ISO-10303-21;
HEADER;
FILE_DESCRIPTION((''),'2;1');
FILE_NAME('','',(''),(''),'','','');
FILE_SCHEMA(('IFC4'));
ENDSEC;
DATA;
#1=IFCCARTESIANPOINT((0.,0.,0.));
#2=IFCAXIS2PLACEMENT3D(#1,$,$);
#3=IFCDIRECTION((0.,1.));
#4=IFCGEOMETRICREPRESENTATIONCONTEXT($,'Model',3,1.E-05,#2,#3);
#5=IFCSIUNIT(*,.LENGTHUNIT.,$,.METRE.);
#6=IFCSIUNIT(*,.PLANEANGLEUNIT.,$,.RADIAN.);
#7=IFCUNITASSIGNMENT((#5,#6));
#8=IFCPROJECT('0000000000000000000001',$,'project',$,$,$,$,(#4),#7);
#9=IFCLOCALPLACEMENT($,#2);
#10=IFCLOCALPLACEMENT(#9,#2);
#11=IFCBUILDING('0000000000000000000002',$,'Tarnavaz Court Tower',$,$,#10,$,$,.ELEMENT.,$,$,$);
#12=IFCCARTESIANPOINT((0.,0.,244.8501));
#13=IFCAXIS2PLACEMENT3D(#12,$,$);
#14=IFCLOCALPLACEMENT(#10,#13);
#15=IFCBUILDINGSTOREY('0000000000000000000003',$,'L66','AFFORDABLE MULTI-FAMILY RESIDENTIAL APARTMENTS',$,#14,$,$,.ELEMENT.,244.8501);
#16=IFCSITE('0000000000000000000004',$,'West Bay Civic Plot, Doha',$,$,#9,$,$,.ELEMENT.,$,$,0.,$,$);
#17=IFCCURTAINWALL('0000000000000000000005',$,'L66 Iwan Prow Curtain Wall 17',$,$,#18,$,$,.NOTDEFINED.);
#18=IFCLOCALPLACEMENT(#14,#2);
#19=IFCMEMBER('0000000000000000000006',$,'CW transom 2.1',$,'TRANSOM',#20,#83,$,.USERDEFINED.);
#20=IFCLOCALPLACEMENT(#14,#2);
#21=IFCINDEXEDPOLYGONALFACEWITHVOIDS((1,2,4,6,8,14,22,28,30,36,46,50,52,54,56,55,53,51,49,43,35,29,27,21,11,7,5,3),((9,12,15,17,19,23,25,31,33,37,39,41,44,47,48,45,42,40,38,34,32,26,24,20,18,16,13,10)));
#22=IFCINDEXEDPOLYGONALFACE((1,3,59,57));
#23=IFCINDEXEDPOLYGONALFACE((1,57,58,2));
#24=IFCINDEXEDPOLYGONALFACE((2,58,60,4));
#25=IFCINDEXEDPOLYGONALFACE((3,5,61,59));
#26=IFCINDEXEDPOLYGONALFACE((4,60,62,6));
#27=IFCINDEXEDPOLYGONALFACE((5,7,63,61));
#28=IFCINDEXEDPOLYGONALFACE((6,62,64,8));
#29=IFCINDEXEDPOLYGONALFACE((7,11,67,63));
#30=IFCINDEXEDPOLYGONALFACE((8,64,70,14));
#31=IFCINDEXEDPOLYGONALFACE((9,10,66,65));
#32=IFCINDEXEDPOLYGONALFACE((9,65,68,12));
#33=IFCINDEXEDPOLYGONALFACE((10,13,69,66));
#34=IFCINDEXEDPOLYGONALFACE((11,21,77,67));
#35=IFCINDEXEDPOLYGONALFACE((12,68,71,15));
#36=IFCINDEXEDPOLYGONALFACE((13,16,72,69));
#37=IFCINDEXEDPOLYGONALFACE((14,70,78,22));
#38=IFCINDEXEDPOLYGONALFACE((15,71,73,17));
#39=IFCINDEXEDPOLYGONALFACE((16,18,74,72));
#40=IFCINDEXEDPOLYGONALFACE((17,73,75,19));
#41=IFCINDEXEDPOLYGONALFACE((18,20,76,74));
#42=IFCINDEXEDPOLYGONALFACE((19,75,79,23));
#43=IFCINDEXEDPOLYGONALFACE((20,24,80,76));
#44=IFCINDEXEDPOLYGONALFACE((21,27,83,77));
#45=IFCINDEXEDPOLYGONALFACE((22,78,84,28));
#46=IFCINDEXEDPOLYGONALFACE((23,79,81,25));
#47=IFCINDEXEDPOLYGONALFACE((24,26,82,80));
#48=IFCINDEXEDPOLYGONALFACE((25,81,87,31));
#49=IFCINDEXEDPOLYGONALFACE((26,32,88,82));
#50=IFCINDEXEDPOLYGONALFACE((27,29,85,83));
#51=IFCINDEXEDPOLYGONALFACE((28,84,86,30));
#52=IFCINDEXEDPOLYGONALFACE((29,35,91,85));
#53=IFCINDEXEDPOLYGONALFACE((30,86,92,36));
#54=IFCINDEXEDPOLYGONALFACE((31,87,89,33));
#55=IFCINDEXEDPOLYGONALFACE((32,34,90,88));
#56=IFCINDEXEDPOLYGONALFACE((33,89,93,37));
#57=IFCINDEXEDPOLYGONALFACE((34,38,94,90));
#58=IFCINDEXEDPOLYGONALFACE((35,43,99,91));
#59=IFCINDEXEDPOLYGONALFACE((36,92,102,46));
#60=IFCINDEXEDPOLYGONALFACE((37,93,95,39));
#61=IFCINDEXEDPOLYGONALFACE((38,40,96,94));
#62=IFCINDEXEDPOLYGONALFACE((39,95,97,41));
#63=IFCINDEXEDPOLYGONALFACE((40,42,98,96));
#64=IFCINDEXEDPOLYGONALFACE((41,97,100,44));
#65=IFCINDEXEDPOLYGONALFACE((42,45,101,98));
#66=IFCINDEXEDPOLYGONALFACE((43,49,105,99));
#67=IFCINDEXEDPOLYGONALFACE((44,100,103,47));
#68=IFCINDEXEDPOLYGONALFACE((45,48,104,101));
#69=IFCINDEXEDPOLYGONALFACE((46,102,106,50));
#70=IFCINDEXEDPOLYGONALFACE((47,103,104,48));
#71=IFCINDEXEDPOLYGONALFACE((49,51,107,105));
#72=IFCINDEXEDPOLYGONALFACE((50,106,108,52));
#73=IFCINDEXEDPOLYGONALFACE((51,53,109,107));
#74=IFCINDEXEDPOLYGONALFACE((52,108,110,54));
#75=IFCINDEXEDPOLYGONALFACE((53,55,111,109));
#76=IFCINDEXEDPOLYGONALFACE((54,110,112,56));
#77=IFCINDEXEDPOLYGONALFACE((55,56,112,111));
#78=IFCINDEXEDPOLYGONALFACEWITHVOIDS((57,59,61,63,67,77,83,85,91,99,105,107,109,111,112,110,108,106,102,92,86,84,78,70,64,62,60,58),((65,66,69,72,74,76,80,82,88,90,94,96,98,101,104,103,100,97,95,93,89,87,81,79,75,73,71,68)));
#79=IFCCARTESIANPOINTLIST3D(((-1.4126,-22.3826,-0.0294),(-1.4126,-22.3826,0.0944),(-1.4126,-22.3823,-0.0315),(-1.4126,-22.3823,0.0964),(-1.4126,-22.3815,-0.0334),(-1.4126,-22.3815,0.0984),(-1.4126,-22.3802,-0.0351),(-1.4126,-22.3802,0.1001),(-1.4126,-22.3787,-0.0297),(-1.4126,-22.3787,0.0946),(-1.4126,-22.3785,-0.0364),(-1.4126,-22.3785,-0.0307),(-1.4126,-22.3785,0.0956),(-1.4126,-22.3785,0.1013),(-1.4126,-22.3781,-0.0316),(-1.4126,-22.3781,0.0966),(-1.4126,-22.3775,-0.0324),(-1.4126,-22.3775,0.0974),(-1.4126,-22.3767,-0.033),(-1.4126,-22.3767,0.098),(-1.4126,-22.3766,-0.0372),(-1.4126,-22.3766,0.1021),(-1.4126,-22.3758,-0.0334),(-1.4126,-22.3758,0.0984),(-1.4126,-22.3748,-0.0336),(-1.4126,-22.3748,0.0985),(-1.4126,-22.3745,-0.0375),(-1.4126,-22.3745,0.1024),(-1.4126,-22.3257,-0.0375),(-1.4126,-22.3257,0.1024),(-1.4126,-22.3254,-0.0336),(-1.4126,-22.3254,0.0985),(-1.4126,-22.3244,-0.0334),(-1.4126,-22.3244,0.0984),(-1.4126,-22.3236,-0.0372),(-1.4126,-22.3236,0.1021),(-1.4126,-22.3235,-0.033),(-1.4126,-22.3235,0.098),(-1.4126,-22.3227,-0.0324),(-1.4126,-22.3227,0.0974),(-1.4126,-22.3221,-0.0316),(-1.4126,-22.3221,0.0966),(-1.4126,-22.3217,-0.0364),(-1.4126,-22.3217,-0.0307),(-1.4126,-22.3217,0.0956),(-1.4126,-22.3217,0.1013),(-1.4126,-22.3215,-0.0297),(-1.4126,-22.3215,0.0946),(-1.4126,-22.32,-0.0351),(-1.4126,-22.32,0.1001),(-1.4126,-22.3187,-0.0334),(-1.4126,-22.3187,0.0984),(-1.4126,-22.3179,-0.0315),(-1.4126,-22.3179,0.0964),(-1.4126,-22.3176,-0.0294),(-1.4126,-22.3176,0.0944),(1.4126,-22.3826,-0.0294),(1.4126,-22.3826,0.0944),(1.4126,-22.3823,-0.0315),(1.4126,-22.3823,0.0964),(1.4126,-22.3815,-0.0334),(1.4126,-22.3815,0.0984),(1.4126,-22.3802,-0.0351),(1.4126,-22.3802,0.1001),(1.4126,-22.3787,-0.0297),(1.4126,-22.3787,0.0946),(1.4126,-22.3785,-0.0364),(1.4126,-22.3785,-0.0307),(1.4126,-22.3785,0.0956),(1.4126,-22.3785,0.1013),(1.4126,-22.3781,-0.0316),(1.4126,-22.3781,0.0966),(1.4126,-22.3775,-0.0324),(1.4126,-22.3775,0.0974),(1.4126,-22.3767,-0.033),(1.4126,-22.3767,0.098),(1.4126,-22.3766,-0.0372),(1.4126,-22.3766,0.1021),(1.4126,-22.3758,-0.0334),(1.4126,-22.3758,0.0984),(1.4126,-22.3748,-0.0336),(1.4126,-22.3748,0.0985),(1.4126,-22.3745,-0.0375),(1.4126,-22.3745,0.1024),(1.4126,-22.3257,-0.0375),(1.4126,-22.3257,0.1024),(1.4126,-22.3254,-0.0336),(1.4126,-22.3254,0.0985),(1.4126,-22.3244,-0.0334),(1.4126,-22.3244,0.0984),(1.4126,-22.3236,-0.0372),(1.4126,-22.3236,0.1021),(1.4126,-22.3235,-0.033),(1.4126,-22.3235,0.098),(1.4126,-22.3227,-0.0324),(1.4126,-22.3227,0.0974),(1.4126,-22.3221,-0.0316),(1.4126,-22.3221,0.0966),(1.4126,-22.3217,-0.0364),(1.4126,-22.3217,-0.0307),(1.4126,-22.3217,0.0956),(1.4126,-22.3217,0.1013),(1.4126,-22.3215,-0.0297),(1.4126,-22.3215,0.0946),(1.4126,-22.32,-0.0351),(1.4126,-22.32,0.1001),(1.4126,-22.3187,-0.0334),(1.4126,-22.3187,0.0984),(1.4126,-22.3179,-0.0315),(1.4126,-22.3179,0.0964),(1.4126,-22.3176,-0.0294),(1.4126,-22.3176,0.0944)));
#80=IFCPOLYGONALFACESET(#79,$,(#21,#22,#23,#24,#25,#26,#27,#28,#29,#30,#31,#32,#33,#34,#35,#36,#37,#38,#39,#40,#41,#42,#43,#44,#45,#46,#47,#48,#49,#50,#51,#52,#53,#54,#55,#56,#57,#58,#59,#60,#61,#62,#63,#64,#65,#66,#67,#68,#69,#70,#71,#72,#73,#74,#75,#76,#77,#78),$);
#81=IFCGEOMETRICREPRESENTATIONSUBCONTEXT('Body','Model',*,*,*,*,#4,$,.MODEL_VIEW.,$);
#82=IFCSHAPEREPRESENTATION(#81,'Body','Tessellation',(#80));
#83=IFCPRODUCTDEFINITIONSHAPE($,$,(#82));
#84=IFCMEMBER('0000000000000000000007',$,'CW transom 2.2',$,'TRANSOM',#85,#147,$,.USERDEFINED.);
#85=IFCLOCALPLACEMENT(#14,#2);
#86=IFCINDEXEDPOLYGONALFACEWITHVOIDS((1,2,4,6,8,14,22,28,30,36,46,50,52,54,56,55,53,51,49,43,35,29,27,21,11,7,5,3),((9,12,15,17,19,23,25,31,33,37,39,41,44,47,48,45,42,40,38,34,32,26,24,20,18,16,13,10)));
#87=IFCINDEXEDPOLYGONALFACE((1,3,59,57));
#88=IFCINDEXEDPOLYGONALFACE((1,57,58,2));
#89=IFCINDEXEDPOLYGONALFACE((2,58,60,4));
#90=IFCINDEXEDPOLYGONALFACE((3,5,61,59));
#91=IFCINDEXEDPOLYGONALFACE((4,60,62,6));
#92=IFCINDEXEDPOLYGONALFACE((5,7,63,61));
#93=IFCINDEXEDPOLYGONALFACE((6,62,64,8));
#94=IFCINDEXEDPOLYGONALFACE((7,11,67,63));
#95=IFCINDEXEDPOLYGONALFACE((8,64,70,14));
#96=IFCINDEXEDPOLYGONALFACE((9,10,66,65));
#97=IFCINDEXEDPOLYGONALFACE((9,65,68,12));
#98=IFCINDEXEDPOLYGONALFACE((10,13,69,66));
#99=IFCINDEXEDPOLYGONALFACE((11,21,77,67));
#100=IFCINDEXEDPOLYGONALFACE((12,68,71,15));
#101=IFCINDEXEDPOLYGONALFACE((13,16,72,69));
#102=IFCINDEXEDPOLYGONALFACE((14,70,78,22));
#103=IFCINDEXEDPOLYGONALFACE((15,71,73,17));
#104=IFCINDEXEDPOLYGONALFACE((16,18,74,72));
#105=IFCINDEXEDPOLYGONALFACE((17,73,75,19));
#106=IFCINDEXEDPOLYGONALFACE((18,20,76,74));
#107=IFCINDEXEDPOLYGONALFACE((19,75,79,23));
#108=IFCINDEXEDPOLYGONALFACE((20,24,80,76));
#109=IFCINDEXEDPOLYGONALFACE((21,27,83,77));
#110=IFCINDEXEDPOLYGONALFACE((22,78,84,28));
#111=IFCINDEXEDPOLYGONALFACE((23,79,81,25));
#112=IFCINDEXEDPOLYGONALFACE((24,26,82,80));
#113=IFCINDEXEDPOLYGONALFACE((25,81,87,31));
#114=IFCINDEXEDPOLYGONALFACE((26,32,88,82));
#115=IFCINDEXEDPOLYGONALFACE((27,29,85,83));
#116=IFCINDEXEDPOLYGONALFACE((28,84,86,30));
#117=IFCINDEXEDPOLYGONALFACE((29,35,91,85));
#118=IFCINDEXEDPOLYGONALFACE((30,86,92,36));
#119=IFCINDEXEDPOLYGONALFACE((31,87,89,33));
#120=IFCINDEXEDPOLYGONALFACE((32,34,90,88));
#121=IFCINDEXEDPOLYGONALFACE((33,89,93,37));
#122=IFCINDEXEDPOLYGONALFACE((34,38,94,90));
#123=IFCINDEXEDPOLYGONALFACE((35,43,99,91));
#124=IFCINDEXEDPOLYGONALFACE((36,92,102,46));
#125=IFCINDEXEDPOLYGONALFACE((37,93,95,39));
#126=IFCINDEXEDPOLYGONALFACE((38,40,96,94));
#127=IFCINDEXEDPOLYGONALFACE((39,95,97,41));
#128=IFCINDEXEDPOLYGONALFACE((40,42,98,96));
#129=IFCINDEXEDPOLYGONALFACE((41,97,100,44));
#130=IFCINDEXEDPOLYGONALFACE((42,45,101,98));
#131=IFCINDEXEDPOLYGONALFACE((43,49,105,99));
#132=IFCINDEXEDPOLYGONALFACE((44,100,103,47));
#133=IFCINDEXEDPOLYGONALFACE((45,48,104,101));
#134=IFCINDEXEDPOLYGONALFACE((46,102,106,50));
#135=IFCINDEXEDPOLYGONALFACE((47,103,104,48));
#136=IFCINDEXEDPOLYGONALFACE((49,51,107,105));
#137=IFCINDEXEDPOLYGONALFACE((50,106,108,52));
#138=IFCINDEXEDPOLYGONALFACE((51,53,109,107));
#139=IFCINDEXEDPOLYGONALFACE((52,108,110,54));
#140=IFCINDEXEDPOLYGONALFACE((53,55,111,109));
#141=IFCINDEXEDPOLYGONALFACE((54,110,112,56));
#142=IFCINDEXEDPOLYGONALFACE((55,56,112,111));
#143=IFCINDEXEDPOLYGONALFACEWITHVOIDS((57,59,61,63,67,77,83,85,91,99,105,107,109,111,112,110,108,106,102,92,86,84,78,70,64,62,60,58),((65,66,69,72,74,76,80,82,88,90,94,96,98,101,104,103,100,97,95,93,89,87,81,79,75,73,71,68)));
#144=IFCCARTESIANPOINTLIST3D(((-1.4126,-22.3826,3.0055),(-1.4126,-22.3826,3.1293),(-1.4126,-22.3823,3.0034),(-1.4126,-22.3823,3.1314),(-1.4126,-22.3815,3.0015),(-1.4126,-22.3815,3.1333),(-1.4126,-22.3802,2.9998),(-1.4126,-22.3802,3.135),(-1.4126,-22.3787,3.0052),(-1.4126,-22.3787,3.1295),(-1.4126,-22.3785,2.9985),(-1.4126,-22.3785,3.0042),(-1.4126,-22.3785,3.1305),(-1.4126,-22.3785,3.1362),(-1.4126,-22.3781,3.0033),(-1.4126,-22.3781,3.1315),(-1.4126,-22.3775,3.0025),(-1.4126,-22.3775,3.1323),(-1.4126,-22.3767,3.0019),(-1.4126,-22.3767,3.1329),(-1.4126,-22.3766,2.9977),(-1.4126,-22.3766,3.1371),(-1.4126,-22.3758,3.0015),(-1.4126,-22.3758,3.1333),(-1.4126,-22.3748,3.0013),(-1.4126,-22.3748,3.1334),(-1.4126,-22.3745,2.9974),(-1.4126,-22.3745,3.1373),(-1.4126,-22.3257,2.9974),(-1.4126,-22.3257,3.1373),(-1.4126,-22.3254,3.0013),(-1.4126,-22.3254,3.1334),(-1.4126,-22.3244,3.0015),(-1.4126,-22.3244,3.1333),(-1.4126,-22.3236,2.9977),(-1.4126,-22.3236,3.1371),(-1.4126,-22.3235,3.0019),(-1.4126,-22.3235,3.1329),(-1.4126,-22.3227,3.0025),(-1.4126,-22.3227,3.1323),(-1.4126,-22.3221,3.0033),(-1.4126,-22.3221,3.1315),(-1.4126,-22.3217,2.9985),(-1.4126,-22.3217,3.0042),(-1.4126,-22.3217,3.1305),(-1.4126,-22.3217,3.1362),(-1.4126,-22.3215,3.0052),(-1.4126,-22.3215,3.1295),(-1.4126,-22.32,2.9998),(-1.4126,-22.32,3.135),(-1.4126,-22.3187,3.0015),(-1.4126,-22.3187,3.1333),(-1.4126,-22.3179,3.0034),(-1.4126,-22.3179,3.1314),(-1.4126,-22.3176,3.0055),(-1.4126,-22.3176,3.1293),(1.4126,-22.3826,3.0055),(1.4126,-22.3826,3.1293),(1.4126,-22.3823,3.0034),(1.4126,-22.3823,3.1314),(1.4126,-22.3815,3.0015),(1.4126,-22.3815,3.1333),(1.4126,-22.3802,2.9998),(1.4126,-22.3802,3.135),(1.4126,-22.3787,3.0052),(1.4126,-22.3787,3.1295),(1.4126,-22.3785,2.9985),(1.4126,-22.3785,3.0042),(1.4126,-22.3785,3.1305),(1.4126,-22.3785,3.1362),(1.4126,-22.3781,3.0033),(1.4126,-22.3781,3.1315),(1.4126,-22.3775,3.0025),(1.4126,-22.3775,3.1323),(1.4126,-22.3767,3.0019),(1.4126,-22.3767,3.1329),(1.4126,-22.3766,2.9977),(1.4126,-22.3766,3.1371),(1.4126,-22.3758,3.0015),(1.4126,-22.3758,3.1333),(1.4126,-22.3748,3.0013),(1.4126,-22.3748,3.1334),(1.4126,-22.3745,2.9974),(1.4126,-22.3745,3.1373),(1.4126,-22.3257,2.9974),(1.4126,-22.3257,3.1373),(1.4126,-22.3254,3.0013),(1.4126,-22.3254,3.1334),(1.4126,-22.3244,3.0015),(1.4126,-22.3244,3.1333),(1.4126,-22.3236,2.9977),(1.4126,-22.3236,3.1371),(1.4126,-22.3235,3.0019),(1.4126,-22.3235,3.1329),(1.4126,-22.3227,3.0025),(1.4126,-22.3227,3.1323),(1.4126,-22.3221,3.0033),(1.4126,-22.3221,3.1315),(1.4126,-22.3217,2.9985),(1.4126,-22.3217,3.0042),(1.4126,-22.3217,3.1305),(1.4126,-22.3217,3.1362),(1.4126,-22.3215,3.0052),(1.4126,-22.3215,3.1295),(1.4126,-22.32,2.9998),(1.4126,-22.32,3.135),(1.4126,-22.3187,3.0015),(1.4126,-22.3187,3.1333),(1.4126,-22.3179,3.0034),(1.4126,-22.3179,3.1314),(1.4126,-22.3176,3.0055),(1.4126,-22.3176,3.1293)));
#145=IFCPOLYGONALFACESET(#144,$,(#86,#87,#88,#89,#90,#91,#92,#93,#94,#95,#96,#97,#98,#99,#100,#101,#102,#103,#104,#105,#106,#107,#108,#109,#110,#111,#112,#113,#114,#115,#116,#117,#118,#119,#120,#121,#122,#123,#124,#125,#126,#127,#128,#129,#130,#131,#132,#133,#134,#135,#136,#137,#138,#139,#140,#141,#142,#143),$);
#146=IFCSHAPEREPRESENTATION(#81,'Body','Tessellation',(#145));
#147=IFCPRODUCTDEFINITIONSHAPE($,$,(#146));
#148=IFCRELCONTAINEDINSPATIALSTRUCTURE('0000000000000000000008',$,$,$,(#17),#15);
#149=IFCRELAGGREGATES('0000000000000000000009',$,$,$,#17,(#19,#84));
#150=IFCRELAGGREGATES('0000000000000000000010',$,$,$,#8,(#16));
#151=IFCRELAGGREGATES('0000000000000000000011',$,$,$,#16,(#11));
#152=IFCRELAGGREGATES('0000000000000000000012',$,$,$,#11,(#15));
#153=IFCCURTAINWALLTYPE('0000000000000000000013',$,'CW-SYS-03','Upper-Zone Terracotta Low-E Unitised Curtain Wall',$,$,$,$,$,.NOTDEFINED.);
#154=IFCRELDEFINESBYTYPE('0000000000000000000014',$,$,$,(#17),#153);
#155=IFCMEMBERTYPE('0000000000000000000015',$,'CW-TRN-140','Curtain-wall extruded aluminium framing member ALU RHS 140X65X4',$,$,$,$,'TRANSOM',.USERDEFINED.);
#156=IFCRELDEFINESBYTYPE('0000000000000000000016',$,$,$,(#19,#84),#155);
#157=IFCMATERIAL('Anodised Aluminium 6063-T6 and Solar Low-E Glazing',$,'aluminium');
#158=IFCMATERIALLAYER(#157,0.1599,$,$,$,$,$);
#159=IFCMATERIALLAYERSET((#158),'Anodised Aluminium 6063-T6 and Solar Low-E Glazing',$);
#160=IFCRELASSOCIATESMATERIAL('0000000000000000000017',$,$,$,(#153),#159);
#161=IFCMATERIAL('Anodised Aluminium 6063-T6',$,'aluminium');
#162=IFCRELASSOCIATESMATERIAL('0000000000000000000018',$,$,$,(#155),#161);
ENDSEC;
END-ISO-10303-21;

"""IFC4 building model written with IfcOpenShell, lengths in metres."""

from ifc_helpers import new_model, si_unit, direction, frame, origin, origin_2d, place, context, subcontext, project, spatial, hollow_rectangle, extrude, material, layer, layer_set, material_profile, profile_set, type_object, element, aggregate, save


model = new_model("IFC4")

# Units and contexts
model_context = context("Model", 3, precision=1e-05, world=origin(), true_north=direction((0.0, 1.0)))
body_context = subcontext(model_context, "Body", "Model", "MODEL_VIEW")
ifc_project = project(units=[si_unit("LENGTHUNIT", "METRE"), si_unit("PLANEANGLEUNIT", "RADIAN")], contexts=[model_context])

# Site, building, storey
site_placement = place(None, origin())
site = spatial("IfcSite", under=ifc_project, at=site_placement, Name="West Bay Civic Plot, Doha", CompositionType="ELEMENT", RefElevation=0.0)
building_placement = place(site_placement, origin())
building = spatial("IfcBuilding", under=site, at=building_placement, Name="Tarnavaz Court Tower", CompositionType="ELEMENT")
storey_placement = place(building_placement, frame((0.0, 0.0, 244.8501)))
storey = spatial("IfcBuildingStorey", under=building, at=storey_placement, Name="L66", Description="AFFORDABLE MULTI-FAMILY RESIDENTIAL APARTMENTS", CompositionType="ELEMENT", Elevation=244.8501)

# Curtain wall, members
ifc_material_1 = material(Name="Anodised Aluminium 6063-T6 and Solar Low-E Glazing", Category="aluminium")
ifc_layer_1 = layer(ifc_material_1, 0.1599)
ifc_layer_set_1 = layer_set([ifc_layer_1], Name="Anodised Aluminium 6063-T6 and Solar Low-E Glazing")
curtain_wall_type = type_object("IfcCurtainWallType", Name="CW-SYS-03", Description="Upper-Zone Terracotta Low-E Unitised Curtain Wall", PredefinedType="NOTDEFINED", material=ifc_layer_set_1)
curtain_wall_placement = place(storey_placement, origin())
curtain_wall = element("IfcCurtainWall", 1, at=curtain_wall_placement, inside=storey, type_object=curtain_wall_type, Name="L66 Iwan Prow Curtain Wall 17", PredefinedType="NOTDEFINED")
ifc_material_2 = material(Name="Anodised Aluminium 6063-T6", Category="aluminium")
ifc_material_profile_1 = material_profile(ifc_material_2, hollow_rectangle(XDim=0.0649, YDim=0.1399, WallThickness=0.0039, InnerFilletRadius=0.0039, OuterFilletRadius=0.0081, at=origin_2d()), Name="ALU RHS 140X65X4")
ifc_profile_set_1 = profile_set([ifc_material_profile_1], Name="Anodised Aluminium 6063-T6")
member_type_1 = type_object("IfcMemberType", Name="CW-TRN-140", Description="Curtain-wall extruded aluminium framing member ALU RHS 140X65X4", ElementType="TRANSOM", PredefinedType="USERDEFINED", material=ifc_profile_set_1)
member_1_placement = place(storey_placement, frame((1.4126, -22.3501, 0.0325), z_axis=(-1.0, 0.0, 0.0), x_axis=(0.0, -1.0, 0.0)))
member_1 = element("IfcMember", 2, at=member_1_placement, type_object=member_type_1, Name="CW transom 2.1", ObjectType="TRANSOM", PredefinedType="USERDEFINED", context=body_context, shape_type="SweptSolid", body=[
    extrude(hollow_rectangle(XDim=0.0649, YDim=0.1399, WallThickness=0.0039, InnerFilletRadius=0.0039, OuterFilletRadius=0.0081, at=origin_2d()), origin(), (0.0, 0.0, 1.0), 2.8252),
])
member_2_placement = place(storey_placement, frame((1.4126, -22.3501, 3.0674), z_axis=(-1.0, 0.0, 0.0), x_axis=(0.0, -1.0, 0.0)))
member_2 = element("IfcMember", 3, at=member_2_placement, type_object=member_type_1, Name="CW transom 2.2", ObjectType="TRANSOM", PredefinedType="USERDEFINED", context=body_context, shape_type="SweptSolid", body=[
    extrude(hollow_rectangle(XDim=0.0649, YDim=0.1399, WallThickness=0.0039, InnerFilletRadius=0.0039, OuterFilletRadius=0.0081, at=origin_2d()), origin(), (0.0, 0.0, 1.0), 2.8252),
])
aggregate(curtain_wall, [member_1, member_2])

save(model, "model.ifc")
